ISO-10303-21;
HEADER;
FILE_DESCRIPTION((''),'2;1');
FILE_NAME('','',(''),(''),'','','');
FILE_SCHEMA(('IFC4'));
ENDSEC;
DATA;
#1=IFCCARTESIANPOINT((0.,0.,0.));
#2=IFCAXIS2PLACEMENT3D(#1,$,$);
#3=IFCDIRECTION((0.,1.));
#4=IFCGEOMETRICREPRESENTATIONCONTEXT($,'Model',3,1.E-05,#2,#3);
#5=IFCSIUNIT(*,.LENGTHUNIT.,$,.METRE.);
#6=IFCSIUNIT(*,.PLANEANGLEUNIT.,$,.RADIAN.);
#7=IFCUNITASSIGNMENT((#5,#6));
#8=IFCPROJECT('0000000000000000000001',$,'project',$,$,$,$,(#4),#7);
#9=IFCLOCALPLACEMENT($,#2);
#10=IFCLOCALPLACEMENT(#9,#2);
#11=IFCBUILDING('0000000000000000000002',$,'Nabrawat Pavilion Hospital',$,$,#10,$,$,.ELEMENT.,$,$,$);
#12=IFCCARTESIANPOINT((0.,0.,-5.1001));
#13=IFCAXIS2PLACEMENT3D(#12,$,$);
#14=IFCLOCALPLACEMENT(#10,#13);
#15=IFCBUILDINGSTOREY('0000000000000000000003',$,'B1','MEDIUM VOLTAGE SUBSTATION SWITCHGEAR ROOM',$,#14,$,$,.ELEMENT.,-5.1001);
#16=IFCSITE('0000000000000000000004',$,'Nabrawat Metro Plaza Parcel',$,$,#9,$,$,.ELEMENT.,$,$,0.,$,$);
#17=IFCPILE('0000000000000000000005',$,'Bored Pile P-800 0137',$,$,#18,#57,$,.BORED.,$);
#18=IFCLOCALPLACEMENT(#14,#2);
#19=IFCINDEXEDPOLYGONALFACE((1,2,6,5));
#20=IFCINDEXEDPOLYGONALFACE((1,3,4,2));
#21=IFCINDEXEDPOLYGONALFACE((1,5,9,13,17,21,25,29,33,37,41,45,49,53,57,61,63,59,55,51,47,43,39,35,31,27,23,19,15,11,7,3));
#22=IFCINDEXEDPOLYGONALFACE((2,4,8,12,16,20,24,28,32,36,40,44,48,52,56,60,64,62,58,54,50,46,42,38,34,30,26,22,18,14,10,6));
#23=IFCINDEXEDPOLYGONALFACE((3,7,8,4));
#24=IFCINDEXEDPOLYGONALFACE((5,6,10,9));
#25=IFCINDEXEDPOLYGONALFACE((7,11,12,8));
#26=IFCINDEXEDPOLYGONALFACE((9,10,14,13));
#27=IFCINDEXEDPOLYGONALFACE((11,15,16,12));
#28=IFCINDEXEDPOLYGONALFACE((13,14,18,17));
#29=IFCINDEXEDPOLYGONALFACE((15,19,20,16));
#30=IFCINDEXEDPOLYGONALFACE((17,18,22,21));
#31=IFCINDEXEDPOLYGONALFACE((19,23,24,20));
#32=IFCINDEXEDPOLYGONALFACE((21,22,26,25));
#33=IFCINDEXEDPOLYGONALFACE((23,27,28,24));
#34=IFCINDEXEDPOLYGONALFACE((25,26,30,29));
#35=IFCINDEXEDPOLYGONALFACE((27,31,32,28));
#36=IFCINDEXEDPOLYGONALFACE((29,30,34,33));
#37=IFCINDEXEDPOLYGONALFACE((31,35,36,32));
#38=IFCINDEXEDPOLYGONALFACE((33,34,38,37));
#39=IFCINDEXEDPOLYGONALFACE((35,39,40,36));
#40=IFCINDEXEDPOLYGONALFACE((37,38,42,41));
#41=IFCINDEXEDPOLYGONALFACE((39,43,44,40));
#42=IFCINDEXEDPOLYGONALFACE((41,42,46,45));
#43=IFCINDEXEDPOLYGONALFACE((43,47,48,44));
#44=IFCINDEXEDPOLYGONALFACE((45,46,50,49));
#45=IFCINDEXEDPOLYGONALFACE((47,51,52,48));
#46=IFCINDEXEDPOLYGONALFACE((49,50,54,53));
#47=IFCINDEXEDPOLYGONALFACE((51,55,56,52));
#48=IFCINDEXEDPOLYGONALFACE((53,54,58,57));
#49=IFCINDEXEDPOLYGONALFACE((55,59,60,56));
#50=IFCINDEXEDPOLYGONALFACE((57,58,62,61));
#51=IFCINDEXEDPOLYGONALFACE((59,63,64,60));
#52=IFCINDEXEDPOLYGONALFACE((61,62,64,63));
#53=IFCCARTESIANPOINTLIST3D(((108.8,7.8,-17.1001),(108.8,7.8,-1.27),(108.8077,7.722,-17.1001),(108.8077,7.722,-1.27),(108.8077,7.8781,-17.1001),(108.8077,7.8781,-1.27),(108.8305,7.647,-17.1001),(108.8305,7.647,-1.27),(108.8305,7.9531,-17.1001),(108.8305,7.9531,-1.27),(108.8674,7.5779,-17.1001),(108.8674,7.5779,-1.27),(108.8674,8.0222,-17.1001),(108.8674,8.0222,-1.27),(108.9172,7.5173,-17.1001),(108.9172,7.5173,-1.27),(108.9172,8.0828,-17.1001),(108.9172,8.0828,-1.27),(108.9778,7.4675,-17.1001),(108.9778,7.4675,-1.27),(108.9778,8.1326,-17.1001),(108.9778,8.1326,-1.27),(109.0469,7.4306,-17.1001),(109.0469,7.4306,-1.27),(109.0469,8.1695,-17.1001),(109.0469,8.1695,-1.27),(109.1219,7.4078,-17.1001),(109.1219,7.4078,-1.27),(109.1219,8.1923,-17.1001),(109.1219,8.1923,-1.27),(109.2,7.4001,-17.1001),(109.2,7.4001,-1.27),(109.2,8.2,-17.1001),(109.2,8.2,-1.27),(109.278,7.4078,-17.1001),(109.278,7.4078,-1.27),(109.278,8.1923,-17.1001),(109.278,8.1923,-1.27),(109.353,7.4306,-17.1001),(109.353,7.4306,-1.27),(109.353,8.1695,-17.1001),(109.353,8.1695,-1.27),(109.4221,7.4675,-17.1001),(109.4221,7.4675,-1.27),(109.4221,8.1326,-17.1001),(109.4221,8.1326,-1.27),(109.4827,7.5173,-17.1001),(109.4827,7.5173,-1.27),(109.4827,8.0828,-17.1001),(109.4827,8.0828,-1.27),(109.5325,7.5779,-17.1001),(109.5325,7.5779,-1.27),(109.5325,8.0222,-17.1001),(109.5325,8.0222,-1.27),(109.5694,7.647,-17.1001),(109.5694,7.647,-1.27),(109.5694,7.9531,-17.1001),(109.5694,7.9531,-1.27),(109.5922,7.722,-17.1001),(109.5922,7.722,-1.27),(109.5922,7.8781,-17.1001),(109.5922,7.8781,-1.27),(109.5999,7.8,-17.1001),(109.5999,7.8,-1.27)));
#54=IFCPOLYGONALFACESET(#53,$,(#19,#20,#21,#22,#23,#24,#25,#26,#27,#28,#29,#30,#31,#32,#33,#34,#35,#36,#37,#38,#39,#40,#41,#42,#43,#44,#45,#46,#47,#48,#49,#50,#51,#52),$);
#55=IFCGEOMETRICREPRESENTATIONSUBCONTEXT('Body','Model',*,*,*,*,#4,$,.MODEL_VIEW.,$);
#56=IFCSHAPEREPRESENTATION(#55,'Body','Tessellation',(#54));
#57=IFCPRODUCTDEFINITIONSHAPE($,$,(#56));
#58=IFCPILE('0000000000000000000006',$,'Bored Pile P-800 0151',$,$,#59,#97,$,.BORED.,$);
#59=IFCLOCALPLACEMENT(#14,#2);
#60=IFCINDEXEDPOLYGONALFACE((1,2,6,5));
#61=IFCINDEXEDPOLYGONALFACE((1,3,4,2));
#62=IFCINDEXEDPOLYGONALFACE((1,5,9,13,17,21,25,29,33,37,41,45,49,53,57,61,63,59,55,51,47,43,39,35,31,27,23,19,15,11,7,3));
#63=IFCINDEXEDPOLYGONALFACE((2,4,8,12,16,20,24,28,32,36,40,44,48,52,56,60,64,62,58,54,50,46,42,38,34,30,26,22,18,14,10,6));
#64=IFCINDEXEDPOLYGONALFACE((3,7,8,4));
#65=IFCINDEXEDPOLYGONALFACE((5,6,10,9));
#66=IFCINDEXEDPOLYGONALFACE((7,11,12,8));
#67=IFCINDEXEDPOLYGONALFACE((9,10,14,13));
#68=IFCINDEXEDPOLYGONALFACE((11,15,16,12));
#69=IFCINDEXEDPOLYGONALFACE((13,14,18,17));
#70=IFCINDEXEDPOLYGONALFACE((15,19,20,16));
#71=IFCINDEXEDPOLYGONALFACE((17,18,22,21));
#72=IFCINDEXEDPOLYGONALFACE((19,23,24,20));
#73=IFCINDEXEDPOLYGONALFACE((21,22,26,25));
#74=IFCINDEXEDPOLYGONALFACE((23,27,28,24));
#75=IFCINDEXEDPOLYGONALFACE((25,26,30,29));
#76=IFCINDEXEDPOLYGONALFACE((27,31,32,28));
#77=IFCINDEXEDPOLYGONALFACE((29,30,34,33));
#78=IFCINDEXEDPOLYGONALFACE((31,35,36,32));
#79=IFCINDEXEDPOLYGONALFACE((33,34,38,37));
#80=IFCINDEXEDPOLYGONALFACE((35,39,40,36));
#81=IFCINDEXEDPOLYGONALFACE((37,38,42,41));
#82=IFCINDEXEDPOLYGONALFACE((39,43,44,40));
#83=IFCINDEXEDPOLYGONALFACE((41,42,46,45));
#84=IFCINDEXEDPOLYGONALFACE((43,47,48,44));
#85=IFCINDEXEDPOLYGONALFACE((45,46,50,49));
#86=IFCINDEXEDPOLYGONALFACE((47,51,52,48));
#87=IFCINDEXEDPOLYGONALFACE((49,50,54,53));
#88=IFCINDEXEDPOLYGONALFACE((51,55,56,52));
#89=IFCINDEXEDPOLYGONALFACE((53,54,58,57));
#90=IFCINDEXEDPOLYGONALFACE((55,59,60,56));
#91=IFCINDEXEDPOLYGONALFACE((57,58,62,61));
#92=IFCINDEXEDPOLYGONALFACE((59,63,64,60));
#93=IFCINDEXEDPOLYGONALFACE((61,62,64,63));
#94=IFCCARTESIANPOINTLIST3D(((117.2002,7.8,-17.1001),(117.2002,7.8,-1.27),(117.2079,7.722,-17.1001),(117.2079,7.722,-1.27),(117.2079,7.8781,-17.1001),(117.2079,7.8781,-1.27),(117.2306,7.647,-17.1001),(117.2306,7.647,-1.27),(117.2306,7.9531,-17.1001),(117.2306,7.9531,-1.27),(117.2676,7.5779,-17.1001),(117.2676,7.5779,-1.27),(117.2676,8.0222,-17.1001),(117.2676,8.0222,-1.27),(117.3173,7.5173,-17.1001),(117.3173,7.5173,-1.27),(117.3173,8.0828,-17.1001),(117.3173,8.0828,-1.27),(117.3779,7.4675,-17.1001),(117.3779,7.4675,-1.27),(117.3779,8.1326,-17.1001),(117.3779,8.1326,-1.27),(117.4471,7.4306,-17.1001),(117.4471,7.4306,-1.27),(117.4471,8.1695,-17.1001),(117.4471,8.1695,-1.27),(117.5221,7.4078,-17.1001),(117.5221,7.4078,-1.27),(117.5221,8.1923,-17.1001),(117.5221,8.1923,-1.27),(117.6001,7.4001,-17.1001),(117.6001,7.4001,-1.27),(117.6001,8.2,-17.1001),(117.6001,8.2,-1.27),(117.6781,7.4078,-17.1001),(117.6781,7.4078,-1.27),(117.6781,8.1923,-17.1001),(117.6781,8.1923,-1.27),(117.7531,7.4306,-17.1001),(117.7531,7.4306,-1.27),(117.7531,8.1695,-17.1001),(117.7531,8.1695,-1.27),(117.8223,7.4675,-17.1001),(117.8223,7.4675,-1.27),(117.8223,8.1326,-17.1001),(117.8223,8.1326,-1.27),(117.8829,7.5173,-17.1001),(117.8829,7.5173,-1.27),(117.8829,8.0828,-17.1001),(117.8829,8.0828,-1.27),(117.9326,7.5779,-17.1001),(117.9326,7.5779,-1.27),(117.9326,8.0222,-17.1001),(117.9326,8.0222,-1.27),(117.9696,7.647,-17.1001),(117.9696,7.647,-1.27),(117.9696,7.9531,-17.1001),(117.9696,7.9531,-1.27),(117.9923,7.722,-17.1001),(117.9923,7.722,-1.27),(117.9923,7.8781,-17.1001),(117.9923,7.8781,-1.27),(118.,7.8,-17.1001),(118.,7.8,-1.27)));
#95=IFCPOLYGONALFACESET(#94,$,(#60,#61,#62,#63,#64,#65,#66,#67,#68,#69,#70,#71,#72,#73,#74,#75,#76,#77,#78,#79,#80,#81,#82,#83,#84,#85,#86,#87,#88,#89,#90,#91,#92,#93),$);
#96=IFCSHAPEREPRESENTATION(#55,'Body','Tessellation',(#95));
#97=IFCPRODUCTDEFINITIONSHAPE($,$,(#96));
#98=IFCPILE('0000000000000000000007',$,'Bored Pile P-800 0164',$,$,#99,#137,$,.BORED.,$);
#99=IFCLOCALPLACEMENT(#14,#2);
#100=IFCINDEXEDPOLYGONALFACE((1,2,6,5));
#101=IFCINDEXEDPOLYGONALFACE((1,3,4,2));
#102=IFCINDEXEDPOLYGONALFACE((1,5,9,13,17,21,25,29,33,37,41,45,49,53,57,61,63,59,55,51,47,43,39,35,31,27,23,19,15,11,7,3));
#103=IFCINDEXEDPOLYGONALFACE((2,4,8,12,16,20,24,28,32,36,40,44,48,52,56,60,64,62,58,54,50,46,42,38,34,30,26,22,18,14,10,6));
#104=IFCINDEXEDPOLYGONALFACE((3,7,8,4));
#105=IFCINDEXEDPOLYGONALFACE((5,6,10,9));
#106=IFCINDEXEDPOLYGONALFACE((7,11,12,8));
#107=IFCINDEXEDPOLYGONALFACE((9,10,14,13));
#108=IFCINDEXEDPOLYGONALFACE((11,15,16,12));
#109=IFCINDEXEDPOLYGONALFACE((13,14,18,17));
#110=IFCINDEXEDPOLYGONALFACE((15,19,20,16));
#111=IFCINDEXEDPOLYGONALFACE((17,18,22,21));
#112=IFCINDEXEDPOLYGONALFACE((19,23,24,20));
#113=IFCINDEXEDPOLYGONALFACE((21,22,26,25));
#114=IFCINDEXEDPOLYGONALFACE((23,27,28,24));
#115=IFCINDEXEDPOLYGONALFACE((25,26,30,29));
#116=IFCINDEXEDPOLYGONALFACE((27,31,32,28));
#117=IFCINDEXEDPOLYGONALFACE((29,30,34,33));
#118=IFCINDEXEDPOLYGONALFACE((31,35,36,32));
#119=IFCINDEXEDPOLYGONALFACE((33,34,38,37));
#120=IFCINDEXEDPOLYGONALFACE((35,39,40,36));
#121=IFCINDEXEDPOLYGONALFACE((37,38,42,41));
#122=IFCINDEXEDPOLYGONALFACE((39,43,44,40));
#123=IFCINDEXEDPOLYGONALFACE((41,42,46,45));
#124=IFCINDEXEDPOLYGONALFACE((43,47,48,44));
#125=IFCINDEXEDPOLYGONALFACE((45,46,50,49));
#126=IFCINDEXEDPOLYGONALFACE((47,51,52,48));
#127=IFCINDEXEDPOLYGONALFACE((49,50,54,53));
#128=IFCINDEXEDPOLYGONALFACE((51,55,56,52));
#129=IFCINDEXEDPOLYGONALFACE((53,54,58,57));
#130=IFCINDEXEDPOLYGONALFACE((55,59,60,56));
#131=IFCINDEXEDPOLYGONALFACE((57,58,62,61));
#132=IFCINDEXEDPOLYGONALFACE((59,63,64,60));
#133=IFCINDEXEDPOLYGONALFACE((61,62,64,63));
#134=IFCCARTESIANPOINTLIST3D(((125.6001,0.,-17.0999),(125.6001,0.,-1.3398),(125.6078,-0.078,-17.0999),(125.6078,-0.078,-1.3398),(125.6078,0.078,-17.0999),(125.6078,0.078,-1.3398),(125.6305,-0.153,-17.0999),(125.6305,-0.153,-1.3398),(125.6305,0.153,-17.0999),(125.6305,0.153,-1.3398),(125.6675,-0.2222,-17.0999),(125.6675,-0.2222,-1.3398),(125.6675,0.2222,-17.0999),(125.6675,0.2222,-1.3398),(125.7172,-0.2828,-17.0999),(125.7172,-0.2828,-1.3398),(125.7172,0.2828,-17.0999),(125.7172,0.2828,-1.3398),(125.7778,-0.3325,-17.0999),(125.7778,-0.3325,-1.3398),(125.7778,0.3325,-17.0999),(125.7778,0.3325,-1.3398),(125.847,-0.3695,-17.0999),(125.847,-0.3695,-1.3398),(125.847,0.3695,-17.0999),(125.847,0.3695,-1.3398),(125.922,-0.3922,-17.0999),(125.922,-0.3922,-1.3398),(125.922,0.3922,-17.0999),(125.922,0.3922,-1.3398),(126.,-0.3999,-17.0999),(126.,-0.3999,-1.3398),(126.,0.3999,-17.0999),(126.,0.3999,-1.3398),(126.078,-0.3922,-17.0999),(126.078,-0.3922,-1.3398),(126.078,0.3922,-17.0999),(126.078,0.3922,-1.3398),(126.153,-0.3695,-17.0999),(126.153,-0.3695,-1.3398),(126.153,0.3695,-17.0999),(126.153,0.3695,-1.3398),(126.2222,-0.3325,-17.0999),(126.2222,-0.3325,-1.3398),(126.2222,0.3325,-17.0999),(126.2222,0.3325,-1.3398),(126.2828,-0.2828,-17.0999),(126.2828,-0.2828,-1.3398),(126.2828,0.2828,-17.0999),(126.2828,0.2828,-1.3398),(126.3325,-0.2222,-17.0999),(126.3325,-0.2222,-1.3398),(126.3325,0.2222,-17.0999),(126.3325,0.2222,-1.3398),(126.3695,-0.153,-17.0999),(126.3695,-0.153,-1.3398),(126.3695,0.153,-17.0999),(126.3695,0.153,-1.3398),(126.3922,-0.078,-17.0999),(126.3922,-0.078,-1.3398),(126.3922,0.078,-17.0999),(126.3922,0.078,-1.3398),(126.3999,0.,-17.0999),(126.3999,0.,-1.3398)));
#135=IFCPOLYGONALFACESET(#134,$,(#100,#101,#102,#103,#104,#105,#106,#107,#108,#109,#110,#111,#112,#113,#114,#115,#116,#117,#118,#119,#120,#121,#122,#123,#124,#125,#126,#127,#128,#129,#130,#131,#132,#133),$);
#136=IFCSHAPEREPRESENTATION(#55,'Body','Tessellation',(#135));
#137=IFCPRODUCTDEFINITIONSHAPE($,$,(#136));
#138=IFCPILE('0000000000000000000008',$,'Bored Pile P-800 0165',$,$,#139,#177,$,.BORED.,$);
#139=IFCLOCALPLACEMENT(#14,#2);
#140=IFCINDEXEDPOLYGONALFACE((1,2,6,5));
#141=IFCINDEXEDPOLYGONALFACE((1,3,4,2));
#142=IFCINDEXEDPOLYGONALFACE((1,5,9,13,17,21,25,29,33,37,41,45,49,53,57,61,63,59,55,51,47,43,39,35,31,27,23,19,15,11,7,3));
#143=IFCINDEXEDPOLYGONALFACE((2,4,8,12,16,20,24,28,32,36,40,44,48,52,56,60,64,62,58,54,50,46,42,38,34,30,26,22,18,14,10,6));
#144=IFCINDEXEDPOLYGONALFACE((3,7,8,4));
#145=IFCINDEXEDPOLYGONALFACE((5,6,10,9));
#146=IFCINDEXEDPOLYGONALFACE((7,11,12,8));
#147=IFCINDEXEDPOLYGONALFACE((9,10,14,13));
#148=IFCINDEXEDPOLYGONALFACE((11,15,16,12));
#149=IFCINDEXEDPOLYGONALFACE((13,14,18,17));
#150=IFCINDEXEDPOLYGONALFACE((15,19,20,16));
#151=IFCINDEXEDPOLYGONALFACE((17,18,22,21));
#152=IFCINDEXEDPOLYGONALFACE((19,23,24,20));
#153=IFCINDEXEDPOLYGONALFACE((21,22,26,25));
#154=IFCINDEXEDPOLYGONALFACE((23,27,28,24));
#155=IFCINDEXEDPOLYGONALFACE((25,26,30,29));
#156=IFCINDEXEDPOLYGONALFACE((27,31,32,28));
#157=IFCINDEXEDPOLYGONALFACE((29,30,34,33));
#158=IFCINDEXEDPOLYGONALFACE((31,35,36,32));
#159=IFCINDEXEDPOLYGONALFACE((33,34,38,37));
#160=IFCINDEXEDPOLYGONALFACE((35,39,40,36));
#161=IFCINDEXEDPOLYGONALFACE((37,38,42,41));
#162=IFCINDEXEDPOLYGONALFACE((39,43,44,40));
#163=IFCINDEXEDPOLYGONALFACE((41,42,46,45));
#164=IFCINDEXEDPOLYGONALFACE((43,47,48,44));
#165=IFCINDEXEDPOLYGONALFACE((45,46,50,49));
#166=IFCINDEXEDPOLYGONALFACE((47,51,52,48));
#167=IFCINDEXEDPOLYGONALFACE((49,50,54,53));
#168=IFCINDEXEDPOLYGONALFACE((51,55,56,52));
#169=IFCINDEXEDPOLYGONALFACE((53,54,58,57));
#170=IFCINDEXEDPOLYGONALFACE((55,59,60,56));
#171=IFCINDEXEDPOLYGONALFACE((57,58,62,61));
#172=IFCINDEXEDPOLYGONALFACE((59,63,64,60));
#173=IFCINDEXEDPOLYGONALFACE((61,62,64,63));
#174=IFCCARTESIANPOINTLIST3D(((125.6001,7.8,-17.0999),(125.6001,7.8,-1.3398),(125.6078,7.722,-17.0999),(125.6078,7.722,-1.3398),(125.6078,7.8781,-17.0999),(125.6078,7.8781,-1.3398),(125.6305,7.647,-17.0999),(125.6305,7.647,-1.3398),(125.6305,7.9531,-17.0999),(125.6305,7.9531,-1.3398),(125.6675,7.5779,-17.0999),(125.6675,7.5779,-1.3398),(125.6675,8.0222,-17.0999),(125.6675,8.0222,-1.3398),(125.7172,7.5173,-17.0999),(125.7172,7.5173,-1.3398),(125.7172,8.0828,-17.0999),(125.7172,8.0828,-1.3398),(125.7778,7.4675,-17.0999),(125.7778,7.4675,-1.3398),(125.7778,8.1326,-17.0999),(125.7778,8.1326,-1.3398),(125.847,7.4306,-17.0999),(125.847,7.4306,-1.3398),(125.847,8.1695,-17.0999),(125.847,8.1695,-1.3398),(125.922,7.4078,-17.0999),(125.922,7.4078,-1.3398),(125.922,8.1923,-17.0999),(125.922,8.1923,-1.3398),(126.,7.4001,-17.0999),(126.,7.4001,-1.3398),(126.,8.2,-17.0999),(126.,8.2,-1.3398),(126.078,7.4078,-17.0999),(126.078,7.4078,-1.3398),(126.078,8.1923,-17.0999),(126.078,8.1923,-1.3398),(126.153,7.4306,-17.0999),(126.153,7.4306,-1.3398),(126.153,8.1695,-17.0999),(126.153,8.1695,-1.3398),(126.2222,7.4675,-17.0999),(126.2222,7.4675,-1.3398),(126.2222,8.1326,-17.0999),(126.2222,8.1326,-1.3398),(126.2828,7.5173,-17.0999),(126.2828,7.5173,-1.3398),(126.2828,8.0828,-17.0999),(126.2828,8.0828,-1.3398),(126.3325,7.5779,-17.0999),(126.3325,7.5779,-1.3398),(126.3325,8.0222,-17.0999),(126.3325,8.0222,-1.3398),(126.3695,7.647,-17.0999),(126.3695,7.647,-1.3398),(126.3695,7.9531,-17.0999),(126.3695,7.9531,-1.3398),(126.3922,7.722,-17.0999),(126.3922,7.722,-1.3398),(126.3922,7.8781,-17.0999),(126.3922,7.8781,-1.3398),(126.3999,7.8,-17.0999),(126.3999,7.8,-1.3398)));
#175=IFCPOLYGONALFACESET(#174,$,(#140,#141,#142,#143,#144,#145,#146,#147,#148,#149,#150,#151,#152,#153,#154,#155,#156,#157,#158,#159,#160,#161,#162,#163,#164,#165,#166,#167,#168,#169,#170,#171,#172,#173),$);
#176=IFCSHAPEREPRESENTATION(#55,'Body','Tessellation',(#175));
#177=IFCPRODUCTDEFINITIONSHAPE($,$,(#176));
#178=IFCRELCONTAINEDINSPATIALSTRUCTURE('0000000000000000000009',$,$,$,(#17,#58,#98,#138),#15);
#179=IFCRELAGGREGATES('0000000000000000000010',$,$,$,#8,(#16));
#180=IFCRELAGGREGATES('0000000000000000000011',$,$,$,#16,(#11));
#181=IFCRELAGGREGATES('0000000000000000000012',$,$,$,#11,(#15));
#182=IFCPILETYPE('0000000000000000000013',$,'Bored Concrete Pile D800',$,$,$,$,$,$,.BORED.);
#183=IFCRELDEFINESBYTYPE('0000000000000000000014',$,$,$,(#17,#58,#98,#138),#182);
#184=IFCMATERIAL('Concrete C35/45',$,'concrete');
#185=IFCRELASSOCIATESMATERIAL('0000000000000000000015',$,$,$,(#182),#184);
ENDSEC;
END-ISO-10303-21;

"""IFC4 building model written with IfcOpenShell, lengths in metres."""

from ifc_helpers import new_model, si_unit, direction, frame, origin, origin_2d, place, context, subcontext, project, spatial, circle, extrude, material, material_profile, profile_set, type_object, element, save


model = new_model("IFC4")

# Units and contexts
model_context = context("Model", 3, precision=1e-05, world=origin(), true_north=direction((0.0, 1.0)))
body_context = subcontext(model_context, "Body", "Model", "MODEL_VIEW")
ifc_project = project(units=[si_unit("LENGTHUNIT", "METRE"), si_unit("PLANEANGLEUNIT", "RADIAN")], contexts=[model_context])

# Site, building, storey
site_placement = place(None, origin())
site = spatial("IfcSite", under=ifc_project, at=site_placement, Name="Nabrawat Metro Plaza Parcel", CompositionType="ELEMENT", RefElevation=0.0)
building_placement = place(site_placement, origin())
building = spatial("IfcBuilding", under=site, at=building_placement, Name="Nabrawat Pavilion Hospital", CompositionType="ELEMENT")
storey_placement = place(building_placement, frame((0.0, 0.0, -5.1001)))
storey = spatial("IfcBuildingStorey", under=building, at=storey_placement, Name="B1", Description="MEDIUM VOLTAGE SUBSTATION SWITCHGEAR ROOM", CompositionType="ELEMENT", Elevation=-5.1001)

# Piles
ifc_material_1 = material(Name="Concrete C35/45", Category="concrete")
ifc_material_profile_1 = material_profile(ifc_material_1, circle(Radius=0.3999, at=origin_2d()), Name="DIA 800")
ifc_profile_set_1 = profile_set([ifc_material_profile_1], Name="Concrete C35/45")
pile_type_1 = type_object("IfcPileType", Name="Bored Concrete Pile D800", PredefinedType="BORED", material=ifc_profile_set_1)
for number, where, z_axis, x_axis, name in (
    (1, (109.2, 7.8, -1.27), (0.0, 0.0, -1.0), (1.0, 0.0, 0.0), "Bored Pile P-800 0137"),
    (2, (117.6001, 7.8, -1.27), (0.0, 0.0, -1.0), (1.0, 0.0, 0.0), "Bored Pile P-800 0151"),
):
    element("IfcPile", number, at=place(storey_placement, frame(where, z_axis=z_axis, x_axis=x_axis)), inside=storey, type_object=pile_type_1, Name=name, PredefinedType="BORED", context=body_context, shape_type="SweptSolid", body=[
        extrude(circle(Radius=0.3999, at=origin_2d()), origin(), (0.0, 0.0, 1.0), 15.8301),
    ])
for number, where, z_axis, x_axis, name in (
    (3, (126.0, 0.0, -1.3398), (0.0, 0.0, -1.0), (1.0, 0.0, 0.0), "Bored Pile P-800 0164"),
    (4, (126.0, 7.8, -1.3398), (0.0, 0.0, -1.0), (1.0, 0.0, 0.0), "Bored Pile P-800 0165"),
):
    element("IfcPile", number, at=place(storey_placement, frame(where, z_axis=z_axis, x_axis=x_axis)), inside=storey, type_object=pile_type_1, Name=name, PredefinedType="BORED", context=body_context, shape_type="SweptSolid", body=[
        extrude(circle(Radius=0.3999, at=origin_2d()), origin(), (0.0, 0.0, 1.0), 15.76),
    ])

save(model, "model.ifc")
